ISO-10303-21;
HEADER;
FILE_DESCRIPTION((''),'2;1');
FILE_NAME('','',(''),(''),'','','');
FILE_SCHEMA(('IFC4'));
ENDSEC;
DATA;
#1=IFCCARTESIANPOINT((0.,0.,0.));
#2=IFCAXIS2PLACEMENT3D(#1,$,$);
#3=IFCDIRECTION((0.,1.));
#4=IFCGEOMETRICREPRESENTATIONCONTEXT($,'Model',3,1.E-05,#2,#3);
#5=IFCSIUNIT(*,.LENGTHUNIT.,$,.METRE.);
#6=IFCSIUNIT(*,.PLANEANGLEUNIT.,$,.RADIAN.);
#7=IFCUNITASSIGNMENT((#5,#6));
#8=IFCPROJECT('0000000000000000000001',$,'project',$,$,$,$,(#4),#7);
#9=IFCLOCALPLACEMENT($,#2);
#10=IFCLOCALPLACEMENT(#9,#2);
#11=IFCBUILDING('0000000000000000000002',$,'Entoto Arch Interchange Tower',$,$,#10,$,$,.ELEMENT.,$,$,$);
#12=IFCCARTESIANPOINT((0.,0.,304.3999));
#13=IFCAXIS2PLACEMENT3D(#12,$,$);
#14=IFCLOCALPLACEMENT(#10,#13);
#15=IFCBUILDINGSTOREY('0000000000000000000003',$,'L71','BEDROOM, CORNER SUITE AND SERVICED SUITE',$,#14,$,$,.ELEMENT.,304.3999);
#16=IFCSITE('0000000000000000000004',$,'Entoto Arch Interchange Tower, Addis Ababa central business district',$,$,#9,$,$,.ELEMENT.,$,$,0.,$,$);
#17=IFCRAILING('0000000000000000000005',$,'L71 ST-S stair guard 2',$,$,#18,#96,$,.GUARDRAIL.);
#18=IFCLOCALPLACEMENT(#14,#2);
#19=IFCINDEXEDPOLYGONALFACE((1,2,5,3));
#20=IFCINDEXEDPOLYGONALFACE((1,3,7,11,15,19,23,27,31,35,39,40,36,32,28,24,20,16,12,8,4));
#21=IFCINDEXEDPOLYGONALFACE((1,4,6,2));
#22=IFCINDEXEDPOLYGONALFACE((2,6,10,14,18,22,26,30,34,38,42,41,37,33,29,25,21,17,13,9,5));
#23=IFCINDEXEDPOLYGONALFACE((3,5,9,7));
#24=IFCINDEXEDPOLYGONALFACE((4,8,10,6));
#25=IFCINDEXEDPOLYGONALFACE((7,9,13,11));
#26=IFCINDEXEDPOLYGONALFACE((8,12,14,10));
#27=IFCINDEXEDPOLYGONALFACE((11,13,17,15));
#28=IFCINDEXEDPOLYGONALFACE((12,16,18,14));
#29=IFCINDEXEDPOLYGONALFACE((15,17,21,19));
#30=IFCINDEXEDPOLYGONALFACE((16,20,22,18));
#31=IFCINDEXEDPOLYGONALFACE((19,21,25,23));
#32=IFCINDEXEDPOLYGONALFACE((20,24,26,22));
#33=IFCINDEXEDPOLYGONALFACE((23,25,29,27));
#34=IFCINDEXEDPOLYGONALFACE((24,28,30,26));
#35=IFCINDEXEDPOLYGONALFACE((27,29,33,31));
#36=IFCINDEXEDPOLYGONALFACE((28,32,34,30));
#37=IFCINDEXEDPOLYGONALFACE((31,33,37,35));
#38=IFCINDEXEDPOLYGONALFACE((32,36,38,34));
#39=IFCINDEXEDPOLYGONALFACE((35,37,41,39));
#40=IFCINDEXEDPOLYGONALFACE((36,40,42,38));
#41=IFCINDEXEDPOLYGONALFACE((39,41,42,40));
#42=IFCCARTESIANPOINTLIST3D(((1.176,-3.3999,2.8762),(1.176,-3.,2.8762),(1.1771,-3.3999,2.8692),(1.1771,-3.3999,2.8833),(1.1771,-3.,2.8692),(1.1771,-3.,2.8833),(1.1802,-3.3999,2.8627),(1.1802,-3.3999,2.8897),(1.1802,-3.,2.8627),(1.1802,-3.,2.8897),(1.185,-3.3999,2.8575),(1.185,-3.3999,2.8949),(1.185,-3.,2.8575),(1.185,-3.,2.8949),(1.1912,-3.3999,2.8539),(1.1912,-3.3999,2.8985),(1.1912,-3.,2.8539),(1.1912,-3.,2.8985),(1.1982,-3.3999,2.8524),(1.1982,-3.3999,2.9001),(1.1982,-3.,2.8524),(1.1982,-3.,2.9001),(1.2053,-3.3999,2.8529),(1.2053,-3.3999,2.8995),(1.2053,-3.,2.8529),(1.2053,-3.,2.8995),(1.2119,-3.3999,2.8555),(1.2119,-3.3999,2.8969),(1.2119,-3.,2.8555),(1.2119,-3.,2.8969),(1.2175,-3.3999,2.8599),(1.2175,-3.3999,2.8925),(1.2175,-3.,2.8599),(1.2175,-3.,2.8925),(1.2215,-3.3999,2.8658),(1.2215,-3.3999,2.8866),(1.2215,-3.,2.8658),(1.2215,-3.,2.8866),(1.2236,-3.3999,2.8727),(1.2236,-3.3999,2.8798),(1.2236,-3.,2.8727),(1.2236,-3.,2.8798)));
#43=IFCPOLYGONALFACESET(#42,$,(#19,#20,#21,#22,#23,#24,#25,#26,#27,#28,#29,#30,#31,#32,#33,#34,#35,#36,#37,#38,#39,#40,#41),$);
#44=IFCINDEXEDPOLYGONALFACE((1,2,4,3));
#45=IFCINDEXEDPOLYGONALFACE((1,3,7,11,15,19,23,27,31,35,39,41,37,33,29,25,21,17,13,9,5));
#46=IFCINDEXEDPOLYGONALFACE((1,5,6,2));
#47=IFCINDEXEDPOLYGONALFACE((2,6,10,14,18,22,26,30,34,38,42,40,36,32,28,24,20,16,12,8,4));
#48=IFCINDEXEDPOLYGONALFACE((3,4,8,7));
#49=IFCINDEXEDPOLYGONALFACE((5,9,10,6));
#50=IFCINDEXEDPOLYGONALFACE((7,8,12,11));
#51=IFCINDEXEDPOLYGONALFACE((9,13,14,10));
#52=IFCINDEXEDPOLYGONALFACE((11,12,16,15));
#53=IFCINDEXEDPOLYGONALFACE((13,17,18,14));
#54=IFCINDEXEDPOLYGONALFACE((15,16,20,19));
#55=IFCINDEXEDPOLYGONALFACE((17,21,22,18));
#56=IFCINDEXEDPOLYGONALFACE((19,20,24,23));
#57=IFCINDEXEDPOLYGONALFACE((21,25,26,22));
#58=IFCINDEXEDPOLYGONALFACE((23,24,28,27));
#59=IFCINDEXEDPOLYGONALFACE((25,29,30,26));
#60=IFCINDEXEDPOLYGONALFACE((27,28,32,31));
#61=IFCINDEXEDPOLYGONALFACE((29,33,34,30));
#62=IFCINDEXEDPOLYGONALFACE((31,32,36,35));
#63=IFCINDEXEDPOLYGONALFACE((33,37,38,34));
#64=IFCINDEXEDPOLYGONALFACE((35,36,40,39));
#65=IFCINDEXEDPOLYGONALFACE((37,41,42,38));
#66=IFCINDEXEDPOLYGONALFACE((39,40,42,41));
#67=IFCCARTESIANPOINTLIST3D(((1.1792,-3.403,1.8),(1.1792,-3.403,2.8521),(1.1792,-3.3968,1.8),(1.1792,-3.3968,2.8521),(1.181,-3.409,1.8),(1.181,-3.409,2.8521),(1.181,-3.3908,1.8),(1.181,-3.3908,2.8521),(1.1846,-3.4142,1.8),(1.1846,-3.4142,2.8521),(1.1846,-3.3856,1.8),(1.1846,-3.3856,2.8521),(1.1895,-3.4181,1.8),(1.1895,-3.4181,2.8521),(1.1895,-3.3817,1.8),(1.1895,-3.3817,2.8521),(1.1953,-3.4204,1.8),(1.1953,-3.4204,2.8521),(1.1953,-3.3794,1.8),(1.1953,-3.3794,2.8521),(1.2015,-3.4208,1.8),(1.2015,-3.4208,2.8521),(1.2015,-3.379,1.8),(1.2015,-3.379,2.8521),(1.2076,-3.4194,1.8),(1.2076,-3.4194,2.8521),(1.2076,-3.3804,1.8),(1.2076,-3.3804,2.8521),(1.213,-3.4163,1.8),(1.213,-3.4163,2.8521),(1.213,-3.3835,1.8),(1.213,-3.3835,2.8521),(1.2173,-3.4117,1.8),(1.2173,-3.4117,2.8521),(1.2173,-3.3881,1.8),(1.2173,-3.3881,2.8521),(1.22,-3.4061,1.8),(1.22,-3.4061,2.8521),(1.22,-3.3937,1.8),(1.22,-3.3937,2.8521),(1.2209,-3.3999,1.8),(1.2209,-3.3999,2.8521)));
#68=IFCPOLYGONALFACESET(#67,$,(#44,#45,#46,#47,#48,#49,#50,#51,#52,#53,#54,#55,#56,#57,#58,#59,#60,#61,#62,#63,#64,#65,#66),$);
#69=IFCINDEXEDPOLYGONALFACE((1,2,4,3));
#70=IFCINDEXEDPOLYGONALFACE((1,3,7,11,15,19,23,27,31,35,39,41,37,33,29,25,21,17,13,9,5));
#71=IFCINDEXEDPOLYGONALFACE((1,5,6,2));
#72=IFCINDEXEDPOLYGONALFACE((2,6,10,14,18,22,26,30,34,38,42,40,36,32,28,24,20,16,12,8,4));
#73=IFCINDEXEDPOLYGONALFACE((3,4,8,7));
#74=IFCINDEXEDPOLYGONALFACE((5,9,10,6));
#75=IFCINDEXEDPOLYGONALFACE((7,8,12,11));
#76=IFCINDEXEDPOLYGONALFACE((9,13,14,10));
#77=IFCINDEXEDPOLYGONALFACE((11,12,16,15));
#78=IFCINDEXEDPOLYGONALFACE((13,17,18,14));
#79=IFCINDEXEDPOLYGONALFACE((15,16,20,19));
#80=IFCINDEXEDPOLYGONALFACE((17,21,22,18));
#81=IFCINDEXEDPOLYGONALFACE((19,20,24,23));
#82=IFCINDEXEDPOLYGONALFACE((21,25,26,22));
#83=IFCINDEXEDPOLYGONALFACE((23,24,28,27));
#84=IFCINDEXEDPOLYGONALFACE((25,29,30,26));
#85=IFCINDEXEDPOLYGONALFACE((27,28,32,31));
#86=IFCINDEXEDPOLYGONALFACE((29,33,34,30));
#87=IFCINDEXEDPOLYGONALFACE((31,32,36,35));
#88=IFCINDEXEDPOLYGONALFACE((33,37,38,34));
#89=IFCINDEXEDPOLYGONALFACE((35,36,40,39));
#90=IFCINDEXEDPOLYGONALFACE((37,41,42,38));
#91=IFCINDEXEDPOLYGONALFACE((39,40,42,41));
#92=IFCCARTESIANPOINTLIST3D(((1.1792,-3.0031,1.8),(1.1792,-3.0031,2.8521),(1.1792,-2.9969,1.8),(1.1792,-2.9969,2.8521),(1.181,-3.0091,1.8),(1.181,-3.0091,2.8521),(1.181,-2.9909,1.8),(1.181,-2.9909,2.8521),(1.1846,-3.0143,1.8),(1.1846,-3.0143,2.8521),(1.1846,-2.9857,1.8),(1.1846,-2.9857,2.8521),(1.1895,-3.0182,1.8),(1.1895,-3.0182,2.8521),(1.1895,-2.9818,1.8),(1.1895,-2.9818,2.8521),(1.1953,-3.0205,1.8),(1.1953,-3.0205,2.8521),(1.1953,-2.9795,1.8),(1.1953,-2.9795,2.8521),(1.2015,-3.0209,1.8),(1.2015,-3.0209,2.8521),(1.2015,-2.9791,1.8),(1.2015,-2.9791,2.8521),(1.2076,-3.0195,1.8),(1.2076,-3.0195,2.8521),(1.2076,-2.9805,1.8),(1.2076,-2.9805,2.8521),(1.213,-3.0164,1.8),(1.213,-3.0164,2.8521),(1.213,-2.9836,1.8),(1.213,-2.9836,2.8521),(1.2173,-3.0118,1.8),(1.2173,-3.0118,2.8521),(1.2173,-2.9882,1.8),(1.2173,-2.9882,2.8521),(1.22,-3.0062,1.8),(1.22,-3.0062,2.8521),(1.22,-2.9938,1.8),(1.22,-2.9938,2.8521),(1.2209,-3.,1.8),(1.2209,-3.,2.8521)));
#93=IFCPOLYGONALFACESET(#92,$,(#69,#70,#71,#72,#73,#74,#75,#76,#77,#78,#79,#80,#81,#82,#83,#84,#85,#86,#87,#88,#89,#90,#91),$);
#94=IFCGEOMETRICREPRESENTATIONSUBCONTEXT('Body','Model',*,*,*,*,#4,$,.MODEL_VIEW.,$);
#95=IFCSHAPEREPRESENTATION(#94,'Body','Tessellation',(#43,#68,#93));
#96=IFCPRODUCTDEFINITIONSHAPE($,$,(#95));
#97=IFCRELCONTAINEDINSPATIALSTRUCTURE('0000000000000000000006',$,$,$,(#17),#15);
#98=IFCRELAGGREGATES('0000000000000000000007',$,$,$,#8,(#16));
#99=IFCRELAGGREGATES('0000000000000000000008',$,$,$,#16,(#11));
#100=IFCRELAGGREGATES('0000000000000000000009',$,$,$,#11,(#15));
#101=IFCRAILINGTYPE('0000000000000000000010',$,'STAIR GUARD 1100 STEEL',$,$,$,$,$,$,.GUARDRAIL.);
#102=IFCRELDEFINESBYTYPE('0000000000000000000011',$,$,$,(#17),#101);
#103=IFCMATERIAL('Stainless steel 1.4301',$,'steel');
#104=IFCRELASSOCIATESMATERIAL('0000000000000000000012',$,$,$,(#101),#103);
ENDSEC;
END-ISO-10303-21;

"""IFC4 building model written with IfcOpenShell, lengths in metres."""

from ifc_helpers import new_model, si_unit, direction, frame, origin, origin_2d, place, context, subcontext, project, spatial, circle, extrude, material, type_object, element, save


model = new_model("IFC4")

# Units and contexts
model_context = context("Model", 3, precision=1e-05, world=origin(), true_north=direction((0.0, 1.0)))
body_context = subcontext(model_context, "Body", "Model", "MODEL_VIEW")
ifc_project = project(units=[si_unit("LENGTHUNIT", "METRE"), si_unit("PLANEANGLEUNIT", "RADIAN")], contexts=[model_context])

# Site, building, storey
site_placement = place(None, origin())
site = spatial("IfcSite", under=ifc_project, at=site_placement, Name="Entoto Arch Interchange Tower, Addis Ababa central business district", CompositionType="ELEMENT", RefElevation=0.0)
building_placement = place(site_placement, origin())
building = spatial("IfcBuilding", under=site, at=building_placement, Name="Entoto Arch Interchange Tower", CompositionType="ELEMENT")
storey_placement = place(building_placement, frame((0.0, 0.0, 304.3999)))
storey = spatial("IfcBuildingStorey", under=building, at=storey_placement, Name="L71", Description="BEDROOM, CORNER SUITE AND SERVICED SUITE", CompositionType="ELEMENT", Elevation=304.3999)

# Railing
ifc_material_1 = material(Name="Stainless steel 1.4301", Category="steel")
railing_type_1 = type_object("IfcRailingType", Name="STAIR GUARD 1100 STEEL", PredefinedType="GUARDRAIL", material=ifc_material_1)
railing_1_placement = place(storey_placement, frame((1.2, -3.3999, 1.8)))
element("IfcRailing", 1, at=railing_1_placement, inside=storey, type_object=railing_type_1, Name="L71 ST-S stair guard 2", PredefinedType="GUARDRAIL", context=body_context, shape_type="SweptSolid", body=[
    extrude(circle(Radius=0.0239, at=origin_2d()), frame((0.0, 0.0, 1.0762), z_axis=(0.0, 1.0, 0.0), x_axis=(-1.0, 0.0, 0.0)), (0.0, 0.0, 1.0), 0.3999),
    extrude(circle(Radius=0.021, at=origin_2d()), origin(), (0.0, 0.0, 1.0), 1.052),
    extrude(circle(Radius=0.021, at=origin_2d()), frame((0.0, 0.3999, 0.0)), (0.0, 0.0, 1.0), 1.052),
])

save(model, "model.ifc")
